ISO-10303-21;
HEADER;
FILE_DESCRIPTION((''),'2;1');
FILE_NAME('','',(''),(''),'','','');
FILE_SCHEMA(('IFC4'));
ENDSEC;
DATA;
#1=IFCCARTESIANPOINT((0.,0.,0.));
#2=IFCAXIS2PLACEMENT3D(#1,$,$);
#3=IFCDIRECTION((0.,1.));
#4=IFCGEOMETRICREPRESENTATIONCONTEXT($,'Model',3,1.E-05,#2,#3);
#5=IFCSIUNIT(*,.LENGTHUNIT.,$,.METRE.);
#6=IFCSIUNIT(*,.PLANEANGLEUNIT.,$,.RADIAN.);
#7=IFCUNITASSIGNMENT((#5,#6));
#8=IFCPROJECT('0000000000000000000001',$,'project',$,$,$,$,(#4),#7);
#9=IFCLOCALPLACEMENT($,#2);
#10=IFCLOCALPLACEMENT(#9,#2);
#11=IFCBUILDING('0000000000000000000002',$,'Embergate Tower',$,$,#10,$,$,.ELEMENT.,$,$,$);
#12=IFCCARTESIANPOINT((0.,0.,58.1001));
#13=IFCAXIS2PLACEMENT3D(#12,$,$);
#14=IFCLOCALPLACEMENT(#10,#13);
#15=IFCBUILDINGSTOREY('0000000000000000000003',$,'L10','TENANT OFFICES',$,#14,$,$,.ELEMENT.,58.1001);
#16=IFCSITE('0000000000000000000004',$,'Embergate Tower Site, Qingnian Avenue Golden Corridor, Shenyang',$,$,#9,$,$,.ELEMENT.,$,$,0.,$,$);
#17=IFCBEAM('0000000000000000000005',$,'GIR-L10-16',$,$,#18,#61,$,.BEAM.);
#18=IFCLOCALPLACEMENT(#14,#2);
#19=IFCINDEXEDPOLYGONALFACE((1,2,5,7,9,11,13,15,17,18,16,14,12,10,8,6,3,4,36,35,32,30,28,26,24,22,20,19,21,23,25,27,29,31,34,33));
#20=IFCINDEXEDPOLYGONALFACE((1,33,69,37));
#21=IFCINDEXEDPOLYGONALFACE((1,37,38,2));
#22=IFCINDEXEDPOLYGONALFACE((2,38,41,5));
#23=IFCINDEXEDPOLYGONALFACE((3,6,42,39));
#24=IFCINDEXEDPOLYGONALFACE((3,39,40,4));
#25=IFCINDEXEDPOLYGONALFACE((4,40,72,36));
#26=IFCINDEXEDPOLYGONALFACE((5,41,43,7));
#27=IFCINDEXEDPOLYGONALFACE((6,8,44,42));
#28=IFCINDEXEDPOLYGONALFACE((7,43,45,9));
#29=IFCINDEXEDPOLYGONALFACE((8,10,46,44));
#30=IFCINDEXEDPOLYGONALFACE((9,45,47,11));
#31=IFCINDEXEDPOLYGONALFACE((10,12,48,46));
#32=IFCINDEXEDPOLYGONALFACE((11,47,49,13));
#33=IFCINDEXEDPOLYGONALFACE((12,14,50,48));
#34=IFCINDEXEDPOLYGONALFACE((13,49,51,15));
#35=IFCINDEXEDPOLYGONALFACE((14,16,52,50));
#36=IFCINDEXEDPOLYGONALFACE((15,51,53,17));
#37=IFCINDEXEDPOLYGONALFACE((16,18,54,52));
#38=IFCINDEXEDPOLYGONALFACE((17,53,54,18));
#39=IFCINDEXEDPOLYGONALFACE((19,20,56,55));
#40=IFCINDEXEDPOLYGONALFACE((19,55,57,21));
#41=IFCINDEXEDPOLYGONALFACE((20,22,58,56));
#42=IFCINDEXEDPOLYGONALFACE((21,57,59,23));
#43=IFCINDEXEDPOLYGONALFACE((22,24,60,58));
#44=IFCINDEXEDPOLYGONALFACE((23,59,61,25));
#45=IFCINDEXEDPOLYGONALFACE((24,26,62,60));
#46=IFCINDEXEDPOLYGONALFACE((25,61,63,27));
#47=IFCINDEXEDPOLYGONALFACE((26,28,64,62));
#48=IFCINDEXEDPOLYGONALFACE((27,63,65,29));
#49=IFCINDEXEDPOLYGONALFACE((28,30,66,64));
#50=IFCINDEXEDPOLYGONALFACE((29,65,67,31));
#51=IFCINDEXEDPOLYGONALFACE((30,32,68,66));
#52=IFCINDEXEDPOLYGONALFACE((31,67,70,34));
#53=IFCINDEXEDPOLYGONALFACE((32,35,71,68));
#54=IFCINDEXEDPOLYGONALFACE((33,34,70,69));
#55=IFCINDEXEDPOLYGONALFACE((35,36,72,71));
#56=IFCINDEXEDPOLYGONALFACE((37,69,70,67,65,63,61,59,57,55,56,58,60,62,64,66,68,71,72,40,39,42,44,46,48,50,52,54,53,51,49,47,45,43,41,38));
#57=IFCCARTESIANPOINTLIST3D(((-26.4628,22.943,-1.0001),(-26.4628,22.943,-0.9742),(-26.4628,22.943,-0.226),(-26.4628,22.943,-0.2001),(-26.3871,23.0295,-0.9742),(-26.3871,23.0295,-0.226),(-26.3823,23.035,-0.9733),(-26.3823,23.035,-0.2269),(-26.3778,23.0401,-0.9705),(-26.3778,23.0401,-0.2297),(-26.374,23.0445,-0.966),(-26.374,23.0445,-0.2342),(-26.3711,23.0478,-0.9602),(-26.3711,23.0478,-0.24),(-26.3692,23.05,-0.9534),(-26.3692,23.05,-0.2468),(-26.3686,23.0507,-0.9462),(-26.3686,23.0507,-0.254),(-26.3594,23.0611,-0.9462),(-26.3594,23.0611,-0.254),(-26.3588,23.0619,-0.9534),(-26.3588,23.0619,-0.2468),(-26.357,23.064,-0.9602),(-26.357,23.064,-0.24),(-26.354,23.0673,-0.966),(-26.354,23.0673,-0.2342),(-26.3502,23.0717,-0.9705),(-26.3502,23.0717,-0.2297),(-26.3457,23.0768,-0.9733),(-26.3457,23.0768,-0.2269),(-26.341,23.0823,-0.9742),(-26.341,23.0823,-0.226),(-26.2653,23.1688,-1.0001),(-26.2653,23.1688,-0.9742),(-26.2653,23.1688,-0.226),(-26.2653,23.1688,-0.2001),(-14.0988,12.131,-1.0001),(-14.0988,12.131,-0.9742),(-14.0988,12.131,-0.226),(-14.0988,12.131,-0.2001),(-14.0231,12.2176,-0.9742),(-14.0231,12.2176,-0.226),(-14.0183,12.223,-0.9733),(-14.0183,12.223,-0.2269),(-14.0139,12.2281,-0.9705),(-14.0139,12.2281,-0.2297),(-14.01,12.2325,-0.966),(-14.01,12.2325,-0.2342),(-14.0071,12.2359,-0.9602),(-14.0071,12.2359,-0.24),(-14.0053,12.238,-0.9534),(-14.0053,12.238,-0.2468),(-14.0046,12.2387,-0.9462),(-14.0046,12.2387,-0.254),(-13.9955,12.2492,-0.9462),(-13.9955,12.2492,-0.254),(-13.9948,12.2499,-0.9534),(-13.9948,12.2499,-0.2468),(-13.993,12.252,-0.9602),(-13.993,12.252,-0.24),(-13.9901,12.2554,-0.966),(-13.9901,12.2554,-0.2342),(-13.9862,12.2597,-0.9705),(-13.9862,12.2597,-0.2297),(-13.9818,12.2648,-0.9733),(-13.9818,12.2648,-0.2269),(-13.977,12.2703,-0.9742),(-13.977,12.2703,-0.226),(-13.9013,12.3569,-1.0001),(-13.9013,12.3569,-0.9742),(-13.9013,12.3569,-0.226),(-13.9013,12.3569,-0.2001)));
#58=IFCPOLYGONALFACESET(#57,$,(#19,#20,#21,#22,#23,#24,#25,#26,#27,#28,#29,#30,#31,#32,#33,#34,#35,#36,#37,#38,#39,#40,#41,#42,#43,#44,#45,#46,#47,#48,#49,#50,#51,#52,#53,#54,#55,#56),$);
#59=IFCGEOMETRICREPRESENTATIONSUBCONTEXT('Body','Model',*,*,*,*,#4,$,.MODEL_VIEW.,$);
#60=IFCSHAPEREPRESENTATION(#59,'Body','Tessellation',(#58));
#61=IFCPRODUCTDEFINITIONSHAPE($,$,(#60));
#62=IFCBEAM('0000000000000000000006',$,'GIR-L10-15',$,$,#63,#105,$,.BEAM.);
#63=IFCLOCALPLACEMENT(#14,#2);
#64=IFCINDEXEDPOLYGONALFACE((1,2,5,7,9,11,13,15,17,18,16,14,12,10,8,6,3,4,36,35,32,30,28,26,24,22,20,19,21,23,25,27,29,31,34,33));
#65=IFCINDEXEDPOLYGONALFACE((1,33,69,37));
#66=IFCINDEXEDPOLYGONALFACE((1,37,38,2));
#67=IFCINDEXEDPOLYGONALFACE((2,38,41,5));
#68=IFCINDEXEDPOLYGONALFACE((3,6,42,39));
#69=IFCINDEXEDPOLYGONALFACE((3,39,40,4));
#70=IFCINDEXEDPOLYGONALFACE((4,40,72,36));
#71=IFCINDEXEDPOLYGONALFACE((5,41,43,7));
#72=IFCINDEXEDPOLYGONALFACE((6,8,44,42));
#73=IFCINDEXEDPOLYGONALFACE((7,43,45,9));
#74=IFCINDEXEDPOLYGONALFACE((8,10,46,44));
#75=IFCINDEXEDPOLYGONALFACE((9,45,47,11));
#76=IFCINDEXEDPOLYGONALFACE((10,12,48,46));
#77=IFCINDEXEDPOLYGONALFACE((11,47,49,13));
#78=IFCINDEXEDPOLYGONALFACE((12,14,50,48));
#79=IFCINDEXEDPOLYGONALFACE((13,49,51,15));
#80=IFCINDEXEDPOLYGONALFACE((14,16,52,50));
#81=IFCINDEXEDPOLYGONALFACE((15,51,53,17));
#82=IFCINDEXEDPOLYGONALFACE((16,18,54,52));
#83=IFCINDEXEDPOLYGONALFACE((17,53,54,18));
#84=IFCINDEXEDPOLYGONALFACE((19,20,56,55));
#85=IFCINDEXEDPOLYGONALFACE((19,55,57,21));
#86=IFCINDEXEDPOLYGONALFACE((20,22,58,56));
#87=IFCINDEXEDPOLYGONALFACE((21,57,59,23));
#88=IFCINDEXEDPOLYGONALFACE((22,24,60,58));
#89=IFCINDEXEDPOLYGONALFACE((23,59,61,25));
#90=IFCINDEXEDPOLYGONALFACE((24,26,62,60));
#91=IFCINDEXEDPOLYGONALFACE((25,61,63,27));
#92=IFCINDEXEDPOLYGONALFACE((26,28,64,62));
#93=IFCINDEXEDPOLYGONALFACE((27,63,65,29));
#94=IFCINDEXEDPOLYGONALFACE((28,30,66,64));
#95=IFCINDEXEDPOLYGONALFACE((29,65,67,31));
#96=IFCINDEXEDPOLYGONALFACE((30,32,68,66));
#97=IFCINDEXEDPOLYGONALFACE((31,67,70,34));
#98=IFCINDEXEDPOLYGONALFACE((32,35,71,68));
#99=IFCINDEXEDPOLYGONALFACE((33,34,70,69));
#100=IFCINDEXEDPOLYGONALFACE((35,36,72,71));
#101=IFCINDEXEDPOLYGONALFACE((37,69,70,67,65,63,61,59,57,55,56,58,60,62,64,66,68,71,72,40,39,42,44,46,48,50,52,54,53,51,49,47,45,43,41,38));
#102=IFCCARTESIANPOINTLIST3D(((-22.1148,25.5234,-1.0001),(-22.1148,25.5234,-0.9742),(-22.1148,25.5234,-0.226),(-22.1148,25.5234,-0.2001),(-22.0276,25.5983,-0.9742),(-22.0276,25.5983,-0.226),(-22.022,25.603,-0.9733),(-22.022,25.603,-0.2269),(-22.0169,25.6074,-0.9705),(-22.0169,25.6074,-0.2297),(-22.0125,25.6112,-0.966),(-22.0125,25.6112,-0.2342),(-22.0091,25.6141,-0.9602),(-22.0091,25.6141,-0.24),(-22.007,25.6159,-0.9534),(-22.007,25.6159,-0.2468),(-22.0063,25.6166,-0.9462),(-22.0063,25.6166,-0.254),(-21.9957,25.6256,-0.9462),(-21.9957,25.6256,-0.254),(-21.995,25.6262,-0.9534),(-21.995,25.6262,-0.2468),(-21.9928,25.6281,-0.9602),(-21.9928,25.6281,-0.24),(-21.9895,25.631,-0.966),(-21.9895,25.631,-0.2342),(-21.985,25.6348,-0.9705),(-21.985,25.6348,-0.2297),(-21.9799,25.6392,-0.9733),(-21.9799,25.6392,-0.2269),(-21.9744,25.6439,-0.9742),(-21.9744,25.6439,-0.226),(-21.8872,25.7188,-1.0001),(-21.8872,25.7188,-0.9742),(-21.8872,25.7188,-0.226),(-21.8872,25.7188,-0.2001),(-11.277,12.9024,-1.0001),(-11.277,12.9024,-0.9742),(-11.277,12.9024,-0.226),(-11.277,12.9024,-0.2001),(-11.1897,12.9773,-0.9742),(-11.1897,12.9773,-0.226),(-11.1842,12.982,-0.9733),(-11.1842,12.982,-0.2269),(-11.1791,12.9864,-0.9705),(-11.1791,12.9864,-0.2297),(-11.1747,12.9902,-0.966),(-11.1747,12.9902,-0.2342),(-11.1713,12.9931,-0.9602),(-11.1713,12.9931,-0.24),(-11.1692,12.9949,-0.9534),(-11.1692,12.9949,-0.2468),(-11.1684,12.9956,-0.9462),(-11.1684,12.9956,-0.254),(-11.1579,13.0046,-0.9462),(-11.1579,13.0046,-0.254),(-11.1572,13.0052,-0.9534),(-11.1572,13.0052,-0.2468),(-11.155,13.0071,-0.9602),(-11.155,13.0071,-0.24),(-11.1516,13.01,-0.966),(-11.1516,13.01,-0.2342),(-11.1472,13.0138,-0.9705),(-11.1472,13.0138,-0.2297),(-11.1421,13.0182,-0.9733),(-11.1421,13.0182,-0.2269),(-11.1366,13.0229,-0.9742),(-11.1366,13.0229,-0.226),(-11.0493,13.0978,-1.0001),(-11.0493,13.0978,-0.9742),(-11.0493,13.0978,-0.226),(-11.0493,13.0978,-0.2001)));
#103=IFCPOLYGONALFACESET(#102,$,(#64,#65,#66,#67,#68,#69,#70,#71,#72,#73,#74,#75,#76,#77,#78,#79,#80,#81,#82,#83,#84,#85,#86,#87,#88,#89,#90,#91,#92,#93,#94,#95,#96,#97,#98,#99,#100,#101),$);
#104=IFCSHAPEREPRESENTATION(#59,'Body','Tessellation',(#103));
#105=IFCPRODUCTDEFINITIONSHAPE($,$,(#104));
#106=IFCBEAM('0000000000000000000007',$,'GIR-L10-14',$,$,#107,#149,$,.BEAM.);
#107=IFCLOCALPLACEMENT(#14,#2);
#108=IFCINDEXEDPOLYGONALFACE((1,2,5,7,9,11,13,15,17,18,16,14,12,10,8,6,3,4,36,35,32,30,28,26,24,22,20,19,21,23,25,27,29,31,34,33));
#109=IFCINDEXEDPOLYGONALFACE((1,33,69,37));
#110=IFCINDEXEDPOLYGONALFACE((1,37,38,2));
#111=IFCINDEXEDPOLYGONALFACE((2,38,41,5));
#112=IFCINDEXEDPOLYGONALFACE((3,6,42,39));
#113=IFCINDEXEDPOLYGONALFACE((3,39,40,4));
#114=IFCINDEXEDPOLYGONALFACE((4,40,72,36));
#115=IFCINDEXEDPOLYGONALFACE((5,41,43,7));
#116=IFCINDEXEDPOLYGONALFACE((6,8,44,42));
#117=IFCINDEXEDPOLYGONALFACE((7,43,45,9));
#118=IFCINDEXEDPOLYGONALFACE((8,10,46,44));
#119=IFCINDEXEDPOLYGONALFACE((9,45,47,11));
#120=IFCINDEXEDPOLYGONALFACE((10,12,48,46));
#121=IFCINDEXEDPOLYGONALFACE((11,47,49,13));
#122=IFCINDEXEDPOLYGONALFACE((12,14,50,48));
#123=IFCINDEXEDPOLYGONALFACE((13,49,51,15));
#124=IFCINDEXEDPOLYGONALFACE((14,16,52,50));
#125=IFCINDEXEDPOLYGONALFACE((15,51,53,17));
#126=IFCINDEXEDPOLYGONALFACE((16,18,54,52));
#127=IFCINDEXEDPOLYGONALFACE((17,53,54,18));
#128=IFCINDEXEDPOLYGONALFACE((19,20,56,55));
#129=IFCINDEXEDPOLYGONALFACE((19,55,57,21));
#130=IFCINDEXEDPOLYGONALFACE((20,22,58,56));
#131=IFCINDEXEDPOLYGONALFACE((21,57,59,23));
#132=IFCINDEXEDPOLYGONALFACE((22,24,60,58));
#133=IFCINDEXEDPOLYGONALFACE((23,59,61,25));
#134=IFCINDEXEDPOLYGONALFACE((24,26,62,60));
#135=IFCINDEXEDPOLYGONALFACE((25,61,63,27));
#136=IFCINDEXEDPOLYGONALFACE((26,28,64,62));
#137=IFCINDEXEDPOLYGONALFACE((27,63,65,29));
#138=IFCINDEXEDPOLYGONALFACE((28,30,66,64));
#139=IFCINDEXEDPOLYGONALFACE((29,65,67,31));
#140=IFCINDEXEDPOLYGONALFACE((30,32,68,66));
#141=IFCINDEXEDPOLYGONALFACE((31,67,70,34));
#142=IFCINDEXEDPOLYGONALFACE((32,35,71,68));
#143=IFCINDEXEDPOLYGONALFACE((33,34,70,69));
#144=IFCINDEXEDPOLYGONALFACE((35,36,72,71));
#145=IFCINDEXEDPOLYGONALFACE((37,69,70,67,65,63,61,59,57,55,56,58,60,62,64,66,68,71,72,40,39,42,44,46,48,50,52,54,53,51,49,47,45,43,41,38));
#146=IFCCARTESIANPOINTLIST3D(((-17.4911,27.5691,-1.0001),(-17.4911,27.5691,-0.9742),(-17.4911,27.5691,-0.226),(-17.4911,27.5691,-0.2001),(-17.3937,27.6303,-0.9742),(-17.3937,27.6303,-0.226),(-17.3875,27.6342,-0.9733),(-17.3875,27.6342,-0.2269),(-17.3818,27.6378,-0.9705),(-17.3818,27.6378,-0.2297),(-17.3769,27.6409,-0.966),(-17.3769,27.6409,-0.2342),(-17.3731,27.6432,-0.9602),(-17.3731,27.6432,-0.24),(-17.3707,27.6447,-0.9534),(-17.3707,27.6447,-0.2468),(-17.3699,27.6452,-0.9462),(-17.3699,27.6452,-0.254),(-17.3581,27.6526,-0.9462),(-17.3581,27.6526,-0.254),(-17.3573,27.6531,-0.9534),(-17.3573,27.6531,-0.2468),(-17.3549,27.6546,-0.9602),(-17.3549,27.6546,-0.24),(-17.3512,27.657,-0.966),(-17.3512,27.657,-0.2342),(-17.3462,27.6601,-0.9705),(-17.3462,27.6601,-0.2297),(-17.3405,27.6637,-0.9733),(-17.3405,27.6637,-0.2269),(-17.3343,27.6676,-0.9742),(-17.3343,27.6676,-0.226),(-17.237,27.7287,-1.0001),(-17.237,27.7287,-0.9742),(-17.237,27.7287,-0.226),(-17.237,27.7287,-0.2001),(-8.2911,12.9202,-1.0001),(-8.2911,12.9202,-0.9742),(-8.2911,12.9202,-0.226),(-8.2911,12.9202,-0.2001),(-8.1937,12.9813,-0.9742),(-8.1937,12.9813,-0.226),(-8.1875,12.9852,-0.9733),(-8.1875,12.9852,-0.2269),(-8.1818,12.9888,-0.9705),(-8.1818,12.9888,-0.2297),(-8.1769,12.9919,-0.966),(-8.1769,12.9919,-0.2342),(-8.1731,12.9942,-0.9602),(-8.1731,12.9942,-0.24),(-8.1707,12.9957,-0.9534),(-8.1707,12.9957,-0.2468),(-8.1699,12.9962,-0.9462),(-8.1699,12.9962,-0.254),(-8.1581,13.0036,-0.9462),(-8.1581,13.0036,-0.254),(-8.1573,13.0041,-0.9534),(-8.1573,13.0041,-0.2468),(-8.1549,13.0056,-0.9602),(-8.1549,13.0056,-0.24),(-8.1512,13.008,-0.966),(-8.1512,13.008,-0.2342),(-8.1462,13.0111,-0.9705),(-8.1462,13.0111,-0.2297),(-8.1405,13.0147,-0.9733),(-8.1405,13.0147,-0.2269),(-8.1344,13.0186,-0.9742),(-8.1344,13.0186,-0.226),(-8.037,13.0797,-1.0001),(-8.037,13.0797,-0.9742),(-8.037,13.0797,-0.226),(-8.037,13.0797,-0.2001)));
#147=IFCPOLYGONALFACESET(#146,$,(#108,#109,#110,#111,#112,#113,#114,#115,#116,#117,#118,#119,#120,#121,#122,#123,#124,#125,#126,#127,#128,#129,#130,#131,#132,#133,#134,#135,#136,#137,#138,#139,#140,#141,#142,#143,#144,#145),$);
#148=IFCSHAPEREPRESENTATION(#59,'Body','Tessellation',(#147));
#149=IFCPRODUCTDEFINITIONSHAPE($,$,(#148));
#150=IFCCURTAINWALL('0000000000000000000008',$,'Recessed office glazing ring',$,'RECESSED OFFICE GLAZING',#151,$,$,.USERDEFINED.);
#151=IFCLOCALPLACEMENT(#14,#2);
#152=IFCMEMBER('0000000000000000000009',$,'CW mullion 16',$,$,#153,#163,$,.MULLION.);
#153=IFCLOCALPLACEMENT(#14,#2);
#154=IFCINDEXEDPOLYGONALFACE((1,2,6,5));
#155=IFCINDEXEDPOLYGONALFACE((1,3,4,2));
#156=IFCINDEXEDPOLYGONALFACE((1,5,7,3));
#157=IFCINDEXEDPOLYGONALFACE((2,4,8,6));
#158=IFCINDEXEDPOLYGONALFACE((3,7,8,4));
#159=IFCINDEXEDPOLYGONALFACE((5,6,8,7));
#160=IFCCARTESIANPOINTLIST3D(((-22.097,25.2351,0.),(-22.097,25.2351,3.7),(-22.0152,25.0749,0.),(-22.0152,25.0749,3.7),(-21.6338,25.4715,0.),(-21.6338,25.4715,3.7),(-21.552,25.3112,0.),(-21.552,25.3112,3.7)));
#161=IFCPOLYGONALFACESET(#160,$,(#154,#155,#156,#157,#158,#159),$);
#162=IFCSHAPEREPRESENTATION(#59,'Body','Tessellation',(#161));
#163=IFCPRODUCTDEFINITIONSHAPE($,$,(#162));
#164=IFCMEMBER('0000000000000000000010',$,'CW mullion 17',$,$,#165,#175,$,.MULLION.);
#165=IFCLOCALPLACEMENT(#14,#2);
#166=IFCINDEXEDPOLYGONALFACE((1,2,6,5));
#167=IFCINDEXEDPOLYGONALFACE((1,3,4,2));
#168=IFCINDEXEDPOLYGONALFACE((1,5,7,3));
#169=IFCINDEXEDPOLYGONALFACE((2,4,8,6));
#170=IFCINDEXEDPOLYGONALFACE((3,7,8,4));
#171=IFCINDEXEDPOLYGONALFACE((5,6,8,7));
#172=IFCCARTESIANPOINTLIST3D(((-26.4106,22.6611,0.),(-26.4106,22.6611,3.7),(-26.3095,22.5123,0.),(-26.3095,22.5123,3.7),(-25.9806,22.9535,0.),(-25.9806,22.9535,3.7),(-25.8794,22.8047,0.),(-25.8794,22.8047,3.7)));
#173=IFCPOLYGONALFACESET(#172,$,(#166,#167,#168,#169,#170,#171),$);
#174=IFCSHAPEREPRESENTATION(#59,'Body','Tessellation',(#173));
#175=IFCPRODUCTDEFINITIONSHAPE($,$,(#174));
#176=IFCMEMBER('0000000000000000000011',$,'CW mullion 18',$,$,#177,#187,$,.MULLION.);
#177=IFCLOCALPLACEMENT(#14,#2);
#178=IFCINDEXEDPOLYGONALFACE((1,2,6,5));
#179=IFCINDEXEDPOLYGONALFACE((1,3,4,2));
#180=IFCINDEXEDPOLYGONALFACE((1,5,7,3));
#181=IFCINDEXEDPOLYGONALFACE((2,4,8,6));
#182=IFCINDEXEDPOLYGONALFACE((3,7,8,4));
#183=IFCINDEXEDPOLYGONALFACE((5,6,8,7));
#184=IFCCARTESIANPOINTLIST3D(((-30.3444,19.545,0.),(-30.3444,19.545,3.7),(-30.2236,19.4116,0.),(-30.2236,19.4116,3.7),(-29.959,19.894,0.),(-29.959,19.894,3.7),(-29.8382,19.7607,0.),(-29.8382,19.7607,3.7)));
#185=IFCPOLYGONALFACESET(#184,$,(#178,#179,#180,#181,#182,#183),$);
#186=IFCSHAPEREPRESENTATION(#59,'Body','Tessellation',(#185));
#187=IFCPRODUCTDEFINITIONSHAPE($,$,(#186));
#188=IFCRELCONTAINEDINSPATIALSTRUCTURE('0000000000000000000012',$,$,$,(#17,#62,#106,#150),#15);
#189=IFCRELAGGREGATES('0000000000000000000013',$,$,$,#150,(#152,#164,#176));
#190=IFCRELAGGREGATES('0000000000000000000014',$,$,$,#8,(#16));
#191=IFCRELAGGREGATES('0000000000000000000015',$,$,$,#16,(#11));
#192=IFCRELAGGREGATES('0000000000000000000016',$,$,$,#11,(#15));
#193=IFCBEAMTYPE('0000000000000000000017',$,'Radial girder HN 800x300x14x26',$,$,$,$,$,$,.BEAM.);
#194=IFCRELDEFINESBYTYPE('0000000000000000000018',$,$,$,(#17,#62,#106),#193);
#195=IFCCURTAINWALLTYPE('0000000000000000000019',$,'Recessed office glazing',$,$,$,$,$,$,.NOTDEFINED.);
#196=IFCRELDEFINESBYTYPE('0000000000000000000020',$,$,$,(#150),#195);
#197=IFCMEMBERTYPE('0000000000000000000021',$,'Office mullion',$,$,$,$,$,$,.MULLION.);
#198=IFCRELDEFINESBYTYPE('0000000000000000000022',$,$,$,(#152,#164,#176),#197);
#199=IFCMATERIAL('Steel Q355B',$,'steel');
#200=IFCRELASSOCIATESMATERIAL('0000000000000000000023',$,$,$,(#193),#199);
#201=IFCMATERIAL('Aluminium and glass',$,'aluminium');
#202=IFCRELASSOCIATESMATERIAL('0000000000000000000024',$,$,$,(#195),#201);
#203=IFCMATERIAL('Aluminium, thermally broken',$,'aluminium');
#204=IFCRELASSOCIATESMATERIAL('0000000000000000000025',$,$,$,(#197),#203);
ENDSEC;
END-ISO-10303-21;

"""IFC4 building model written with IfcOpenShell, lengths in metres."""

from ifc_helpers import new_model, si_unit, direction, frame, origin, origin_2d, place, context, subcontext, project, spatial, rectangle, i_section, extrude, source, transform, mapped, material, material_profile, profile_set, type_object, element, aggregate, save


model = new_model("IFC4")

# Units and contexts
model_context = context("Model", 3, precision=1e-05, world=origin(), true_north=direction((0.0, 1.0)))
body_context = subcontext(model_context, "Body", "Model", "MODEL_VIEW")
ifc_project = project(units=[si_unit("LENGTHUNIT", "METRE"), si_unit("PLANEANGLEUNIT", "RADIAN")], contexts=[model_context])

# Site, building, storey
site_placement = place(None, origin())
site = spatial("IfcSite", under=ifc_project, at=site_placement, Name="Embergate Tower Site, Qingnian Avenue Golden Corridor, Shenyang", CompositionType="ELEMENT", RefElevation=0.0)
building_placement = place(site_placement, origin())
building = spatial("IfcBuilding", under=site, at=building_placement, Name="Embergate Tower", CompositionType="ELEMENT")
storey_placement = place(building_placement, frame((0.0, 0.0, 58.1001)))
storey = spatial("IfcBuildingStorey", under=building, at=storey_placement, Name="L10", Description="TENANT OFFICES", CompositionType="ELEMENT", Elevation=58.1001)

# Beams
ifc_material_1 = material(Name="Steel Q355B", Category="steel")
ifc_material_profile_1 = material_profile(ifc_material_1, i_section(OverallWidth=0.3, OverallDepth=0.8, WebThickness=0.0139, FlangeThickness=0.0259, FilletRadius=0.0281, at=origin_2d()), Name="HN 800x300x14x26")
ifc_profile_set_1 = profile_set([ifc_material_profile_1], Name="Steel Q355 grade B")
beam_type_1 = type_object("IfcBeamType", Name="Radial girder HN 800x300x14x26", PredefinedType="BEAM", material=ifc_profile_set_1)
shared_shape_1 = source(origin(), body_context, "Body", "SweptSolid", [
    extrude(i_section(OverallWidth=0.3, OverallDepth=0.8, WebThickness=0.0139, FlangeThickness=0.0259, FilletRadius=0.0281, at=origin_2d()), origin(), (0.0, 0.0, 1.0), 16.4246),
])
beam_1_placement = place(storey_placement, frame((-26.364, 23.0559, -0.6001), z_axis=(0.752773, -0.65828, 0.0), x_axis=(0.65828, 0.752773, 0.0)))
element("IfcBeam", 1, at=beam_1_placement, inside=storey, type_object=beam_type_1, Name="GIR-L10-16", PredefinedType="BEAM", context=body_context, shape_type="MappedRepresentation", body=[
    mapped(shared_shape_1, transform((0.0, 0.0, 0.0))),
])
shared_shape_2 = source(origin(), body_context, "Body", "SweptSolid", [
    extrude(i_section(OverallWidth=0.3, OverallDepth=0.8, WebThickness=0.0139, FlangeThickness=0.0259, FilletRadius=0.0281, at=origin_2d()), origin(), (0.0, 0.0, 1.0), 16.6357),
])
beam_2_placement = place(storey_placement, frame((-22.001, 25.6211, -0.6001), z_axis=(0.651478, -0.758668, 0.0), x_axis=(0.758668, 0.651478, 0.0)))
element("IfcBeam", 2, at=beam_2_placement, inside=storey, type_object=beam_type_1, Name="GIR-L10-15", PredefinedType="BEAM", context=body_context, shape_type="MappedRepresentation", body=[
    mapped(shared_shape_2, transform((0.0, 0.0, 0.0))),
])
shared_shape_3 = source(origin(), body_context, "Body", "SweptSolid", [
    extrude(i_section(OverallWidth=0.3, OverallDepth=0.8, WebThickness=0.0139, FlangeThickness=0.0259, FilletRadius=0.0281, at=origin_2d()), origin(), (0.0, 0.0, 1.0), 17.2983),
])
beam_3_placement = place(storey_placement, frame((-17.364, 27.6489, -0.6001), z_axis=(0.531842, -0.846843, 0.0), x_axis=(0.846843, 0.531842, 0.0)))
element("IfcBeam", 3, at=beam_3_placement, inside=storey, type_object=beam_type_1, Name="GIR-L10-14", PredefinedType="BEAM", context=body_context, shape_type="MappedRepresentation", body=[
    mapped(shared_shape_3, transform((0.0, 0.0, 0.0))),
])

# Curtain wall, members
ifc_material_2 = material(Name="Aluminium and glass", Category="aluminium")
curtain_wall_type = type_object("IfcCurtainWallType", Name="Recessed office glazing", PredefinedType="NOTDEFINED", material=ifc_material_2)
curtain_wall_placement = place(storey_placement, origin())
curtain_wall = element("IfcCurtainWall", 4, at=curtain_wall_placement, inside=storey, type_object=curtain_wall_type, Name="Recessed office glazing ring", ObjectType="RECESSED OFFICE GLAZING", PredefinedType="USERDEFINED")
ifc_material_3 = material(Name="Aluminium, thermally broken", Category="aluminium")
ifc_material_profile_2 = material_profile(ifc_material_3, rectangle(XDim=0.1799, YDim=0.52, at=origin_2d()), Name="AL 520x180")
ifc_profile_set_2 = profile_set([ifc_material_profile_2], Name="Aluminium, thermally broken")
member_type_1 = type_object("IfcMemberType", Name="Office mullion", PredefinedType="MULLION", material=ifc_profile_set_2)
shared_shape_4 = source(origin(), body_context, "Body", "SweptSolid", [
    extrude(rectangle(XDim=0.1799, YDim=0.52, at=origin_2d()), origin(), (0.0, 0.0, 1.0), 3.7),
])
member_1_placement = place(storey_placement, frame((-21.8245, 25.2732, 0.0), z_axis=(0.0, 0.0, 1.0), x_axis=(0.454521, -0.890736, 0.0)))
member_1 = element("IfcMember", 5, at=member_1_placement, type_object=member_type_1, Name="CW mullion 16", PredefinedType="MULLION", context=body_context, shape_type="MappedRepresentation", body=[
    mapped(shared_shape_4, transform((0.0, 0.0, 0.0))),
])
member_2_placement = place(storey_placement, frame((-26.145, 22.7329, 0.0), z_axis=(0.0, 0.0, 1.0), x_axis=(0.562229, -0.826981, 0.0)))
member_2 = element("IfcMember", 6, at=member_2_placement, type_object=member_type_1, Name="CW mullion 17", PredefinedType="MULLION", context=body_context, shape_type="MappedRepresentation", body=[
    mapped(shared_shape_4, transform((0.0, 0.0, 0.0))),
])
member_3_placement = place(storey_placement, frame((-30.0913, 19.6528, 0.0), z_axis=(0.0, 0.0, 1.0), x_axis=(0.671239, -0.741241, 0.0)))
member_3 = element("IfcMember", 7, at=member_3_placement, type_object=member_type_1, Name="CW mullion 18", PredefinedType="MULLION", context=body_context, shape_type="MappedRepresentation", body=[
    mapped(shared_shape_4, transform((0.0, 0.0, 0.0))),
])
aggregate(curtain_wall, [member_1, member_2, member_3])

save(model, "model.ifc")
